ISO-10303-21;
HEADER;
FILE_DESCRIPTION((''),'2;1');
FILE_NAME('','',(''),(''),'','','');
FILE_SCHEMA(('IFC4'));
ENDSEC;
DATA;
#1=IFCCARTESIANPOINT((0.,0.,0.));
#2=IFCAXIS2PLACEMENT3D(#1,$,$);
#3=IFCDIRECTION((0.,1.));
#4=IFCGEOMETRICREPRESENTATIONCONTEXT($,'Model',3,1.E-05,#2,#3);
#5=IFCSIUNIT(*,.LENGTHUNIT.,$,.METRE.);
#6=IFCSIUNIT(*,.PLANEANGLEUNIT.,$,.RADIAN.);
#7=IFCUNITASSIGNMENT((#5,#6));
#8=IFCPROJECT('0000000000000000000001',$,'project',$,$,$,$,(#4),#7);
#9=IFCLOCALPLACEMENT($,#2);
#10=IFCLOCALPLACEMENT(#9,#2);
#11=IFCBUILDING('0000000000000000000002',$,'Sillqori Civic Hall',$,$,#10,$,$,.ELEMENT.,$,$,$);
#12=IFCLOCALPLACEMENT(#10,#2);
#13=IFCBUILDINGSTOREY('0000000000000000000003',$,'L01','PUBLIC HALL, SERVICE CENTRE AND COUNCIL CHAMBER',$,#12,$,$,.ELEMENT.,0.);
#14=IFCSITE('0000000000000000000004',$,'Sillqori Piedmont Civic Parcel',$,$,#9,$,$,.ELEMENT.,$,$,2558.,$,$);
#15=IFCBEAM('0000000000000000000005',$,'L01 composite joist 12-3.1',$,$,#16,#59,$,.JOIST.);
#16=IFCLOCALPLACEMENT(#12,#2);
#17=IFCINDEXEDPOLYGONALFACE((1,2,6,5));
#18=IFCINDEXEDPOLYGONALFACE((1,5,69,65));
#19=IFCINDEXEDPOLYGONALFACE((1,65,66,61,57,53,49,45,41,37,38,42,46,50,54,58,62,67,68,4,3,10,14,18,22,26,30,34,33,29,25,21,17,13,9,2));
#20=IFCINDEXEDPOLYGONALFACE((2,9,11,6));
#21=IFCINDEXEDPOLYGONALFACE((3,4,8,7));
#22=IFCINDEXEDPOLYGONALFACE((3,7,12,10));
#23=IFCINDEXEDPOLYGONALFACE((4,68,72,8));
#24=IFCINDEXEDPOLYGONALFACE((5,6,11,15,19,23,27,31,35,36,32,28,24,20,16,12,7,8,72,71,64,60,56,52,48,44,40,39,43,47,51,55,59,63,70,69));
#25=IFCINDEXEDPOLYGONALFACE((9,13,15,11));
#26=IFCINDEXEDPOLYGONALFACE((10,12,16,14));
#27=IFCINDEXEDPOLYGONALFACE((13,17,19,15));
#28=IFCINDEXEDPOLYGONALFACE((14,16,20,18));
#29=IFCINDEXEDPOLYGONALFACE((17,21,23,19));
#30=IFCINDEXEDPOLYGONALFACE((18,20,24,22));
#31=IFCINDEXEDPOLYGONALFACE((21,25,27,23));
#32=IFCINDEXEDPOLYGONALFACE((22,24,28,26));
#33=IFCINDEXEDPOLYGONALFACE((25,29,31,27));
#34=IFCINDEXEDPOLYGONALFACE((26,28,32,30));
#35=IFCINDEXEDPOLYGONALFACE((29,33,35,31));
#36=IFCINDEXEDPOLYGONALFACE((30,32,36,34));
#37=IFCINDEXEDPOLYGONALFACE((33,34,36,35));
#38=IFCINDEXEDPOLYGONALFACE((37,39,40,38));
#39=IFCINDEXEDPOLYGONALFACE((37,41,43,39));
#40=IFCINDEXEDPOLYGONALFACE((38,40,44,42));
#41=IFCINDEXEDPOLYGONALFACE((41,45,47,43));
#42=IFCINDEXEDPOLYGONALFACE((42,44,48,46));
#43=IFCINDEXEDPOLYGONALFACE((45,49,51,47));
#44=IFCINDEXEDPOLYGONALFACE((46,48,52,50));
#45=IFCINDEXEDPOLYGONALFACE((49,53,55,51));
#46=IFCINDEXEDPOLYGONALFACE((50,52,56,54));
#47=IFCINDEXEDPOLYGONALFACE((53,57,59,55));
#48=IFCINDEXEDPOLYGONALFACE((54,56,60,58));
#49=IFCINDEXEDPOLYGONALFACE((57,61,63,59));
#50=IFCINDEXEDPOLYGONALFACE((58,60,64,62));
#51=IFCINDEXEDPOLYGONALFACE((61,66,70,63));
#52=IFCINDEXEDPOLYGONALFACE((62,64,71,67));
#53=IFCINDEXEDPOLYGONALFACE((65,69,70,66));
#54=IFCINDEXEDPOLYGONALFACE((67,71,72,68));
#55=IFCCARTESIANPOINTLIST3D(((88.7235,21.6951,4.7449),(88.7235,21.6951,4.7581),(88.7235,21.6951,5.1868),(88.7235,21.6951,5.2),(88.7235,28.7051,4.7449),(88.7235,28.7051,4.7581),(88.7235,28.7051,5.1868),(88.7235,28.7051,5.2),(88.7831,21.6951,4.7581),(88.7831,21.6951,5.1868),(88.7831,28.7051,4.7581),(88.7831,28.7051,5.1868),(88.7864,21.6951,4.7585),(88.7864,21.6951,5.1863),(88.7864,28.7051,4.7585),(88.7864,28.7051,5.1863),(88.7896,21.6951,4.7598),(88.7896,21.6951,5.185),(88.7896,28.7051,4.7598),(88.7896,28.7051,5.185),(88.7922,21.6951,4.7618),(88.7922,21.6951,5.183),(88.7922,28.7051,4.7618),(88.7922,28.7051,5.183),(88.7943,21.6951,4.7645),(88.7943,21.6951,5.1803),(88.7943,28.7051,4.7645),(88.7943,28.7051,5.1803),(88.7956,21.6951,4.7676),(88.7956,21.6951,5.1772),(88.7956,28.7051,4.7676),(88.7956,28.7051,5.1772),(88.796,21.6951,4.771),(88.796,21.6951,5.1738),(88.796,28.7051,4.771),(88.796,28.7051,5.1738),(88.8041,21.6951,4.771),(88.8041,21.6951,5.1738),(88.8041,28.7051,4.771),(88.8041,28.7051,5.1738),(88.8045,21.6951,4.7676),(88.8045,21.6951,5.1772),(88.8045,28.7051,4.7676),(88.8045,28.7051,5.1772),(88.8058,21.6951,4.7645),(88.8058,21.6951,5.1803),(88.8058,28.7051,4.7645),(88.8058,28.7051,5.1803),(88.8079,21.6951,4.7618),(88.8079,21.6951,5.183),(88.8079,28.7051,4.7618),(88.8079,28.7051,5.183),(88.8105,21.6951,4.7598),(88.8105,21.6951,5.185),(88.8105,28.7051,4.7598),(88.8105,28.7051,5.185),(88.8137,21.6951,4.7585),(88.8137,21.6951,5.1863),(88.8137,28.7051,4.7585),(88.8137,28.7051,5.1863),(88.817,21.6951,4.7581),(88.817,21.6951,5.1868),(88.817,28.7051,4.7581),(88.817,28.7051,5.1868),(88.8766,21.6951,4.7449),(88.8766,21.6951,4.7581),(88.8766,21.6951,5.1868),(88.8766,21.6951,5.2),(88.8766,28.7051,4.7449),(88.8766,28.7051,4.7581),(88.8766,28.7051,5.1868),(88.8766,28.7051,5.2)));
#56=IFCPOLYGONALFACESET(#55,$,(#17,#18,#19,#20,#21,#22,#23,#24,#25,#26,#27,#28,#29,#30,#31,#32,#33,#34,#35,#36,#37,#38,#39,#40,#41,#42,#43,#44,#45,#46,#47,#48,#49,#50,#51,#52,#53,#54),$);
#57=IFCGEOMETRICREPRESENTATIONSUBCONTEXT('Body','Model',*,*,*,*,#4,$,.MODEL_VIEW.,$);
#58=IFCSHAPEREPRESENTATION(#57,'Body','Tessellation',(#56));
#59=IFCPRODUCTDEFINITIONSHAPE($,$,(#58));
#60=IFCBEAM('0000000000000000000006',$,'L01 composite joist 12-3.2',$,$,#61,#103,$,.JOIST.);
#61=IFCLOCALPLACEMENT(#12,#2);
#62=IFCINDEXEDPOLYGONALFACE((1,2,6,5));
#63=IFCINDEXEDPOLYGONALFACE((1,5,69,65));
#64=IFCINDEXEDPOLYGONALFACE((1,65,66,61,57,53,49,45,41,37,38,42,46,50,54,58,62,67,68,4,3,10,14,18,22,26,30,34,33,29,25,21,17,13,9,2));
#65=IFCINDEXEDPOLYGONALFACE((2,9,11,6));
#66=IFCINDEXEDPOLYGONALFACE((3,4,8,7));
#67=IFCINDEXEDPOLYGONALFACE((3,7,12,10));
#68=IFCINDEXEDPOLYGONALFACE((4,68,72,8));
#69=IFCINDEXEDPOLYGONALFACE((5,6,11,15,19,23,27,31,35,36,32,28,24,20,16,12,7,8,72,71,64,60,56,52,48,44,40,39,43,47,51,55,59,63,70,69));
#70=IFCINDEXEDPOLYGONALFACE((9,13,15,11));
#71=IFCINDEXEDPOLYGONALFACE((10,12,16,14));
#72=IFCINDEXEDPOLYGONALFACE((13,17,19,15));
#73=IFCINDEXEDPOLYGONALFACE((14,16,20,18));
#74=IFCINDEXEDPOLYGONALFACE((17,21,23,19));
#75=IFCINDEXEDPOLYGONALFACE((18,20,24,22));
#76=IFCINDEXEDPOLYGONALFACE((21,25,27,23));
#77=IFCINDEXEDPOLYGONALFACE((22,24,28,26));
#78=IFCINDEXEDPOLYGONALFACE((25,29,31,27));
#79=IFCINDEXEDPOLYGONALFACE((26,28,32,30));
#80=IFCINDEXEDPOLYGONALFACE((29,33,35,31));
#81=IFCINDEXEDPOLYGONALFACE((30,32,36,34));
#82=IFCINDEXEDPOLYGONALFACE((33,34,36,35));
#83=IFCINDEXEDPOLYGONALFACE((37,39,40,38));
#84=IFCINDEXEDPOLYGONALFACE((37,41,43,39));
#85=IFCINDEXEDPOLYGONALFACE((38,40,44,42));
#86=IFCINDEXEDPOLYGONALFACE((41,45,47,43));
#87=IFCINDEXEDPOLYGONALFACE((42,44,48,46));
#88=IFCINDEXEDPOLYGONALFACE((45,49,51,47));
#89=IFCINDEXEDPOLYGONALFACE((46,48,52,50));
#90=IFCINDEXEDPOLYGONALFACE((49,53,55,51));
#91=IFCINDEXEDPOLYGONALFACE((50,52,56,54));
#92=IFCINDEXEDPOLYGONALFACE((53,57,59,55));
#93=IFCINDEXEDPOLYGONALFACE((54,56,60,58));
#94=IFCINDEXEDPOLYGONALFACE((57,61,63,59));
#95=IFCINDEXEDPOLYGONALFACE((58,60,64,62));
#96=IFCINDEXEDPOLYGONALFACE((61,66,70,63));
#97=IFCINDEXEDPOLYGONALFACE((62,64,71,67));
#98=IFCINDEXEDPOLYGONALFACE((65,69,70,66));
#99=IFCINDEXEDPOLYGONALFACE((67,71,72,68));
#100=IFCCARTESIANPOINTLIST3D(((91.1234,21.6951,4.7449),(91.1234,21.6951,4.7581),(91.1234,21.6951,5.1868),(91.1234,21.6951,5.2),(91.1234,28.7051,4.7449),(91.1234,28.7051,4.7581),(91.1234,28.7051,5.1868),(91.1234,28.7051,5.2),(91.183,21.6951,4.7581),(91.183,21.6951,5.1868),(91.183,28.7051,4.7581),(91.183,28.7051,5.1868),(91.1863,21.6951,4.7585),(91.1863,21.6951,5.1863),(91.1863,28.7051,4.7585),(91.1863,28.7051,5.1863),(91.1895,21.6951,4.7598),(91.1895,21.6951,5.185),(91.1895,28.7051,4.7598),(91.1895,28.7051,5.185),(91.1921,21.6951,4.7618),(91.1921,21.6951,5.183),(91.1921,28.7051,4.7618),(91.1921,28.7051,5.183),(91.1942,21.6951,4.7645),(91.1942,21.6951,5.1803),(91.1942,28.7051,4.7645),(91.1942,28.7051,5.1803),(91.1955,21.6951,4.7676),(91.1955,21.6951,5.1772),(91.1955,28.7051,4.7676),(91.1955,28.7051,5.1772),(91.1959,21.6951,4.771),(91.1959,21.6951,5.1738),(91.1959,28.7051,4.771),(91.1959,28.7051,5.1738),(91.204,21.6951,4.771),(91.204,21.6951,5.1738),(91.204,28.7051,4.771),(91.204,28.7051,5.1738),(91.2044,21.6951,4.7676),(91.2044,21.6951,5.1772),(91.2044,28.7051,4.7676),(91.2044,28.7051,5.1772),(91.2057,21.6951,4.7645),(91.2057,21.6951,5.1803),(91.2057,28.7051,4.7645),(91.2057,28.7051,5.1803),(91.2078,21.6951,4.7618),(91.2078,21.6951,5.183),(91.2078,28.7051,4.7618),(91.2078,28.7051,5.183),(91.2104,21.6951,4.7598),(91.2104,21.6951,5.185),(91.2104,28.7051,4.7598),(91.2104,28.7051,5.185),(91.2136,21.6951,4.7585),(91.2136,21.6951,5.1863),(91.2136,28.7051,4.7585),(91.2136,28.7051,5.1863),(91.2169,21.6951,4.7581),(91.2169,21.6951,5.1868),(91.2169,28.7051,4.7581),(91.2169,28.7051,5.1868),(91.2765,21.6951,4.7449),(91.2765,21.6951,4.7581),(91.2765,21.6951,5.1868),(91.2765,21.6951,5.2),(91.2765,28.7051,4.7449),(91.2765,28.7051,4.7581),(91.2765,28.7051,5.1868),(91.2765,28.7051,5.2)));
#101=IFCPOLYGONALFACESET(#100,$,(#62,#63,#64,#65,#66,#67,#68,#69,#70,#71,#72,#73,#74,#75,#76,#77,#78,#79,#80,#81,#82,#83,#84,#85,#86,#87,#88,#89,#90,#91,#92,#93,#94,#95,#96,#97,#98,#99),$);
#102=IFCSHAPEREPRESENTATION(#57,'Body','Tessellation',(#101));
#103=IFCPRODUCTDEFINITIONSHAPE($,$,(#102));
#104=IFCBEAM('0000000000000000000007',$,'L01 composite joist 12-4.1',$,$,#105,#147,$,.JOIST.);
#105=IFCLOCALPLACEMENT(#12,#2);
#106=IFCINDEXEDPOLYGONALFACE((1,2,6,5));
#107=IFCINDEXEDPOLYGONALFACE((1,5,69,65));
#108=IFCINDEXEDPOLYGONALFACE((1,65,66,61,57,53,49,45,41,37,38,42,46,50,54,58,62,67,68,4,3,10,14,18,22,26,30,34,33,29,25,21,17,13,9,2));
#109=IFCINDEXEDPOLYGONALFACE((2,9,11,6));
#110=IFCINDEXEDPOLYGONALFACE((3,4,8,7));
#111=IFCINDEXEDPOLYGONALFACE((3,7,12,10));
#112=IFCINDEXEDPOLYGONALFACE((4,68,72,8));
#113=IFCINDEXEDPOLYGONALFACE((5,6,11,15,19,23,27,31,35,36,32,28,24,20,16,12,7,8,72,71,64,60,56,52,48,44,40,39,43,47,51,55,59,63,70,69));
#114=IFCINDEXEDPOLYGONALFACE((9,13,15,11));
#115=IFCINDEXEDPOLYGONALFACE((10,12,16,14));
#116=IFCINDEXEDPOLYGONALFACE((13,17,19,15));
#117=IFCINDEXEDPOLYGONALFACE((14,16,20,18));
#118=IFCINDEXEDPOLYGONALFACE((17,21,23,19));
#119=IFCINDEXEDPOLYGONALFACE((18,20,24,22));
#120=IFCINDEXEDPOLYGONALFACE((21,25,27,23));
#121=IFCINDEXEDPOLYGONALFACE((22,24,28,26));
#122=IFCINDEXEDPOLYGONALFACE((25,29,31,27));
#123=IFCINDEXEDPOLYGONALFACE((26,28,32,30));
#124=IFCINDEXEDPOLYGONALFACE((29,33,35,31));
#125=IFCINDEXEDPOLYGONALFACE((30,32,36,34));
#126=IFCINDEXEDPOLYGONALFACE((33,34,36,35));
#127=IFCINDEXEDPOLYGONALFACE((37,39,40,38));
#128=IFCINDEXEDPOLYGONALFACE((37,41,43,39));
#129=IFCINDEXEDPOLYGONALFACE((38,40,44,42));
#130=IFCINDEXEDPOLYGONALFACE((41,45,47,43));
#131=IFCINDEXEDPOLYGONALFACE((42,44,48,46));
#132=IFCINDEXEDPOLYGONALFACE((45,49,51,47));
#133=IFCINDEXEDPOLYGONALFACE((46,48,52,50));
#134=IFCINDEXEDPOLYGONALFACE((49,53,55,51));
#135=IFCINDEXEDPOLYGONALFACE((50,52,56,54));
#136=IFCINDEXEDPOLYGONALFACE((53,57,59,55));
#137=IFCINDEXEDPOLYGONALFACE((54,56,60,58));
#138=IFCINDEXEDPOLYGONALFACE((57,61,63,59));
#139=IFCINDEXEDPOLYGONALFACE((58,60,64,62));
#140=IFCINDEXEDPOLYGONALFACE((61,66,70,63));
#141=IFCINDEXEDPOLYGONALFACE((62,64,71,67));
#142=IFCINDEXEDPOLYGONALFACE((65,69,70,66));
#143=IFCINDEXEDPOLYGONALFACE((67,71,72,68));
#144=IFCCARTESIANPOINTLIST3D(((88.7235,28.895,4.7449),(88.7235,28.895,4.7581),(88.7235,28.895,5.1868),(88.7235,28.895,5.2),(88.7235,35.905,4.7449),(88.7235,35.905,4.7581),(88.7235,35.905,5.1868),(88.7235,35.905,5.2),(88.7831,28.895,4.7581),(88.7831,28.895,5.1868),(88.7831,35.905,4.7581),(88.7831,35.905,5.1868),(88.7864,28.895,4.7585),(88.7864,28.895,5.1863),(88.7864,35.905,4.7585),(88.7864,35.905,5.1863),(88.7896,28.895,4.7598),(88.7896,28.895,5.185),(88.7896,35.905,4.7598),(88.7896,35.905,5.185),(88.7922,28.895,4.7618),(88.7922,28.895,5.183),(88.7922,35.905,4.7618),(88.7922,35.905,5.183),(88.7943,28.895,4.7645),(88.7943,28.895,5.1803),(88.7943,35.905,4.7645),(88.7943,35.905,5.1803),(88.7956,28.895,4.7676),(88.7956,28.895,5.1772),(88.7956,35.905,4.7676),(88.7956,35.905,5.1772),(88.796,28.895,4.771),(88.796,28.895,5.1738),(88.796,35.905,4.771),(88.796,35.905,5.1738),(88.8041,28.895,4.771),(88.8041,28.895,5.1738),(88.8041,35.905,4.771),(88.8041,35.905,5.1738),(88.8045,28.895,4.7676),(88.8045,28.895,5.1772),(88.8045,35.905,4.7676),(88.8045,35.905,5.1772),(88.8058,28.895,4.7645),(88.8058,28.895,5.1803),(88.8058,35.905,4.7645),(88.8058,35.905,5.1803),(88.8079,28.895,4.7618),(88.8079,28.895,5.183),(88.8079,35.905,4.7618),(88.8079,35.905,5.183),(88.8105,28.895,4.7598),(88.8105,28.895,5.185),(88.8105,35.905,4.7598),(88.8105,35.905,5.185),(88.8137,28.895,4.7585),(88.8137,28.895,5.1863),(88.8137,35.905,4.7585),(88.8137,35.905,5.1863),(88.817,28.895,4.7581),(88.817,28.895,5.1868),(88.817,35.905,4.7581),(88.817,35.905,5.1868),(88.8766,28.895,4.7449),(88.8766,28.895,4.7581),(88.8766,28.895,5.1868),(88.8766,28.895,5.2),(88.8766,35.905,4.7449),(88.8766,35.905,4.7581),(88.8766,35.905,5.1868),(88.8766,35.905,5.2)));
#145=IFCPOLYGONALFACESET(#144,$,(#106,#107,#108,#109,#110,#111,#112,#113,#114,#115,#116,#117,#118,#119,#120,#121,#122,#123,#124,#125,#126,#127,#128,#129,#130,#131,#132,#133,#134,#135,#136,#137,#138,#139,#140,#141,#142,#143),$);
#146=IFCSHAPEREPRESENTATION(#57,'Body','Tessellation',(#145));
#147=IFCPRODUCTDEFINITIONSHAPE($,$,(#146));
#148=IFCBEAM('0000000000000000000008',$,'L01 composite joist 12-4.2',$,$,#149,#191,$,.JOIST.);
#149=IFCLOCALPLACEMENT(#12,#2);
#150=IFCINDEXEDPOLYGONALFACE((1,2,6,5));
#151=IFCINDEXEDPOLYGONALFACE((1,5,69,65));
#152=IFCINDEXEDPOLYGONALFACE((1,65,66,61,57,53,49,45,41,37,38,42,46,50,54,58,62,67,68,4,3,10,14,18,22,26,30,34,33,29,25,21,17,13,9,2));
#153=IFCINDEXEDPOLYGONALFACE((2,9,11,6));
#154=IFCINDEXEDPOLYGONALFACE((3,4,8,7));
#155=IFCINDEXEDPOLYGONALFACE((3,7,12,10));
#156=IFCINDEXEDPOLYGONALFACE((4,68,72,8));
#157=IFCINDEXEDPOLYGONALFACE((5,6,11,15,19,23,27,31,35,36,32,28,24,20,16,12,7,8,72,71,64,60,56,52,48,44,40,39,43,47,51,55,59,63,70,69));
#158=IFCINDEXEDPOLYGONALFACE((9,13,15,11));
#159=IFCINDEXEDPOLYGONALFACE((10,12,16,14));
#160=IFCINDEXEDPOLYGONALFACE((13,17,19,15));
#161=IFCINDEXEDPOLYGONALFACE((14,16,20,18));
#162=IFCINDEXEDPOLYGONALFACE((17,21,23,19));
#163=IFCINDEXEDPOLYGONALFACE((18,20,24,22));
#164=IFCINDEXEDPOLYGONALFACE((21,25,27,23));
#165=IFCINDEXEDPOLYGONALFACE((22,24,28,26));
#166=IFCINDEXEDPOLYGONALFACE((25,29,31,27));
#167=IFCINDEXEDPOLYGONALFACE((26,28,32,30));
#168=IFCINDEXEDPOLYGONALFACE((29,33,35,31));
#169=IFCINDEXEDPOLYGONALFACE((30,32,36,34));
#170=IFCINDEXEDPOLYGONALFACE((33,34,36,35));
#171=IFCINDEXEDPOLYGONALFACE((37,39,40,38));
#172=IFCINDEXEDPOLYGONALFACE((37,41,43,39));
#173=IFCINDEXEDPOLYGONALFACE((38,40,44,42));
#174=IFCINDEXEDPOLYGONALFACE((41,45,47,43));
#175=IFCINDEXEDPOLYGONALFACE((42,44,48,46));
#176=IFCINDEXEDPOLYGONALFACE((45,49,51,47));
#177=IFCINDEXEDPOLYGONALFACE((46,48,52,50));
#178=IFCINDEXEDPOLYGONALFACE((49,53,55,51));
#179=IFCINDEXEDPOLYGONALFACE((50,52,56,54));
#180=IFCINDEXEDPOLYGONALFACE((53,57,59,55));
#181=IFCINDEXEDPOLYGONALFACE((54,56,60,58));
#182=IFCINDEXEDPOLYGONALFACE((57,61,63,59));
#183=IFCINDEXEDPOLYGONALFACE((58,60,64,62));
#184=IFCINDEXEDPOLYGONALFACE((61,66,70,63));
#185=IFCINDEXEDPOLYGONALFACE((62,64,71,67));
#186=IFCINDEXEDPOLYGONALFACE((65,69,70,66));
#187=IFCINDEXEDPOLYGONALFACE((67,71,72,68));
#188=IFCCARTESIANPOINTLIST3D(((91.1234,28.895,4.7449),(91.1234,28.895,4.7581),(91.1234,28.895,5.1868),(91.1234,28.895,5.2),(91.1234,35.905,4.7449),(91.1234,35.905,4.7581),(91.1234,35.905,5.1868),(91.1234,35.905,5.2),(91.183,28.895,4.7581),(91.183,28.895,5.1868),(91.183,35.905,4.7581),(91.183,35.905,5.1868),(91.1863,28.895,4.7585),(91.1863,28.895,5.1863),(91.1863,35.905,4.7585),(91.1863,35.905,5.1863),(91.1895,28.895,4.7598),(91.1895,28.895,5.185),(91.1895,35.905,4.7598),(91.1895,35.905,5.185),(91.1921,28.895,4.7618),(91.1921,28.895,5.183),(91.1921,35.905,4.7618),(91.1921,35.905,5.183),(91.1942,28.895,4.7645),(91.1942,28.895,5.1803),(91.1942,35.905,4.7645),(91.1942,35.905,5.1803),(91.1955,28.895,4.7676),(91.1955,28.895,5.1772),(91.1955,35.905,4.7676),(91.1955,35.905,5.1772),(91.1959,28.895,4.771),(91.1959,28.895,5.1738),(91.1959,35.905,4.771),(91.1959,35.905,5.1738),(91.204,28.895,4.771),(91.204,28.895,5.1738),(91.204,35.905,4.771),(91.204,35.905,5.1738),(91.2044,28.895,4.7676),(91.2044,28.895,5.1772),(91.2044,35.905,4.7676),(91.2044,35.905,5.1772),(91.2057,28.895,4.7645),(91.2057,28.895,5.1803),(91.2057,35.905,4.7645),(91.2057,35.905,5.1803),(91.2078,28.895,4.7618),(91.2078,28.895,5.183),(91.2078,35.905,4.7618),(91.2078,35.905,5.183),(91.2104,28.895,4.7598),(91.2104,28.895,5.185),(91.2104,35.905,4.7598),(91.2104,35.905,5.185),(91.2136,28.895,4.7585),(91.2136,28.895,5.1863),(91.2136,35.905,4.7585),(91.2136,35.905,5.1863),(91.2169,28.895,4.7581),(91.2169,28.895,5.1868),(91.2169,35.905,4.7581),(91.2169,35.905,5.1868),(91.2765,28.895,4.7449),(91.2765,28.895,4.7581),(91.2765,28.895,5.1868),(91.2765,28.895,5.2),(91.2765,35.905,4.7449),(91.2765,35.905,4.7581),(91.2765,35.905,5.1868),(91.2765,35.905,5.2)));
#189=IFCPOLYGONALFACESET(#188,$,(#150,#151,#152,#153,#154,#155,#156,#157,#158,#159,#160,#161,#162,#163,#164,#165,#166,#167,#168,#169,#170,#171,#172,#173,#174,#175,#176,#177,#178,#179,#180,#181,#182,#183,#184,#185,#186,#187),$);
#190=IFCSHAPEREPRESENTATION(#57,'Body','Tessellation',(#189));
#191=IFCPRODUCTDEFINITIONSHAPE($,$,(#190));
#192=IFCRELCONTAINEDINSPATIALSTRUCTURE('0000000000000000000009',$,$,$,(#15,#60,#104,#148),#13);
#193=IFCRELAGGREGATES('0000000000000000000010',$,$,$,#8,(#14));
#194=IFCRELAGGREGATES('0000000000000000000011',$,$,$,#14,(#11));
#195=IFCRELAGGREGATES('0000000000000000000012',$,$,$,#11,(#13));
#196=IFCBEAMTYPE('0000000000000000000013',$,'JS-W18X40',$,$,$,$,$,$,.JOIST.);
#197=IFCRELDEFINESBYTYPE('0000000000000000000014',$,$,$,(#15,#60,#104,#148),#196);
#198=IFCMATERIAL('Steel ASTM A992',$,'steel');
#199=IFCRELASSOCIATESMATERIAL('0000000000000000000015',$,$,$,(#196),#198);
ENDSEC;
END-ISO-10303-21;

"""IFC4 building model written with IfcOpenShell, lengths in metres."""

from ifc_helpers import new_model, si_unit, direction, frame, origin, origin_2d, place, context, subcontext, project, spatial, i_section, extrude, material, material_profile, profile_set, type_object, element, save


model = new_model("IFC4")

# Units and contexts
model_context = context("Model", 3, precision=1e-05, world=origin(), true_north=direction((0.0, 1.0)))
body_context = subcontext(model_context, "Body", "Model", "MODEL_VIEW")
ifc_project = project(units=[si_unit("LENGTHUNIT", "METRE"), si_unit("PLANEANGLEUNIT", "RADIAN")], contexts=[model_context])

# Site, building, storey
site_placement = place(None, origin())
site = spatial("IfcSite", under=ifc_project, at=site_placement, Name="Sillqori Piedmont Civic Parcel", CompositionType="ELEMENT", RefElevation=2558.0)
building_placement = place(site_placement, origin())
building = spatial("IfcBuilding", under=site, at=building_placement, Name="Sillqori Civic Hall", CompositionType="ELEMENT")
storey_placement = place(building_placement, origin())
storey = spatial("IfcBuildingStorey", under=building, at=storey_placement, Name="L01", Description="PUBLIC HALL, SERVICE CENTRE AND COUNCIL CHAMBER", CompositionType="ELEMENT", Elevation=0.0)

# Shared definitions
ifc_material_1 = material(Name="Steel ASTM A992", Category="steel")

# Beams
ifc_material_profile_1 = material_profile(ifc_material_1, i_section(OverallWidth=0.1531, OverallDepth=0.4551, WebThickness=0.0081, FlangeThickness=0.0132, FilletRadius=0.0129, at=origin_2d()), Name="W18X40")
ifc_profile_set_1 = profile_set([ifc_material_profile_1], Name="Steel ASTM A992")
beam_type_1 = type_object("IfcBeamType", Name="JS-W18X40", PredefinedType="JOIST", material=ifc_profile_set_1)
for number, where, z_axis, x_axis, name in (
    (1, (88.8, 21.6951, 4.9724), (0.0, 1.0, 0.0), (-1.0, 0.0, 0.0), "L01 composite joist 12-3.1"),
    (2, (91.2, 21.6951, 4.9724), (0.0, 1.0, 0.0), (-1.0, 0.0, 0.0), "L01 composite joist 12-3.2"),
    (3, (88.8, 28.895, 4.9724), (0.0, 1.0, 0.0), (-1.0, 0.0, 0.0), "L01 composite joist 12-4.1"),
    (4, (91.2, 28.895, 4.9724), (0.0, 1.0, 0.0), (-1.0, 0.0, 0.0), "L01 composite joist 12-4.2"),
):
    element("IfcBeam", number, at=place(storey_placement, frame(where, z_axis=z_axis, x_axis=x_axis)), inside=storey, type_object=beam_type_1, Name=name, PredefinedType="JOIST", context=body_context, shape_type="SweptSolid", body=[
        extrude(i_section(OverallWidth=0.1531, OverallDepth=0.4551, WebThickness=0.0081, FlangeThickness=0.0132, FilletRadius=0.0129, at=origin_2d()), origin(), (0.0, 0.0, 1.0), 7.01),
    ])

save(model, "model.ifc")
